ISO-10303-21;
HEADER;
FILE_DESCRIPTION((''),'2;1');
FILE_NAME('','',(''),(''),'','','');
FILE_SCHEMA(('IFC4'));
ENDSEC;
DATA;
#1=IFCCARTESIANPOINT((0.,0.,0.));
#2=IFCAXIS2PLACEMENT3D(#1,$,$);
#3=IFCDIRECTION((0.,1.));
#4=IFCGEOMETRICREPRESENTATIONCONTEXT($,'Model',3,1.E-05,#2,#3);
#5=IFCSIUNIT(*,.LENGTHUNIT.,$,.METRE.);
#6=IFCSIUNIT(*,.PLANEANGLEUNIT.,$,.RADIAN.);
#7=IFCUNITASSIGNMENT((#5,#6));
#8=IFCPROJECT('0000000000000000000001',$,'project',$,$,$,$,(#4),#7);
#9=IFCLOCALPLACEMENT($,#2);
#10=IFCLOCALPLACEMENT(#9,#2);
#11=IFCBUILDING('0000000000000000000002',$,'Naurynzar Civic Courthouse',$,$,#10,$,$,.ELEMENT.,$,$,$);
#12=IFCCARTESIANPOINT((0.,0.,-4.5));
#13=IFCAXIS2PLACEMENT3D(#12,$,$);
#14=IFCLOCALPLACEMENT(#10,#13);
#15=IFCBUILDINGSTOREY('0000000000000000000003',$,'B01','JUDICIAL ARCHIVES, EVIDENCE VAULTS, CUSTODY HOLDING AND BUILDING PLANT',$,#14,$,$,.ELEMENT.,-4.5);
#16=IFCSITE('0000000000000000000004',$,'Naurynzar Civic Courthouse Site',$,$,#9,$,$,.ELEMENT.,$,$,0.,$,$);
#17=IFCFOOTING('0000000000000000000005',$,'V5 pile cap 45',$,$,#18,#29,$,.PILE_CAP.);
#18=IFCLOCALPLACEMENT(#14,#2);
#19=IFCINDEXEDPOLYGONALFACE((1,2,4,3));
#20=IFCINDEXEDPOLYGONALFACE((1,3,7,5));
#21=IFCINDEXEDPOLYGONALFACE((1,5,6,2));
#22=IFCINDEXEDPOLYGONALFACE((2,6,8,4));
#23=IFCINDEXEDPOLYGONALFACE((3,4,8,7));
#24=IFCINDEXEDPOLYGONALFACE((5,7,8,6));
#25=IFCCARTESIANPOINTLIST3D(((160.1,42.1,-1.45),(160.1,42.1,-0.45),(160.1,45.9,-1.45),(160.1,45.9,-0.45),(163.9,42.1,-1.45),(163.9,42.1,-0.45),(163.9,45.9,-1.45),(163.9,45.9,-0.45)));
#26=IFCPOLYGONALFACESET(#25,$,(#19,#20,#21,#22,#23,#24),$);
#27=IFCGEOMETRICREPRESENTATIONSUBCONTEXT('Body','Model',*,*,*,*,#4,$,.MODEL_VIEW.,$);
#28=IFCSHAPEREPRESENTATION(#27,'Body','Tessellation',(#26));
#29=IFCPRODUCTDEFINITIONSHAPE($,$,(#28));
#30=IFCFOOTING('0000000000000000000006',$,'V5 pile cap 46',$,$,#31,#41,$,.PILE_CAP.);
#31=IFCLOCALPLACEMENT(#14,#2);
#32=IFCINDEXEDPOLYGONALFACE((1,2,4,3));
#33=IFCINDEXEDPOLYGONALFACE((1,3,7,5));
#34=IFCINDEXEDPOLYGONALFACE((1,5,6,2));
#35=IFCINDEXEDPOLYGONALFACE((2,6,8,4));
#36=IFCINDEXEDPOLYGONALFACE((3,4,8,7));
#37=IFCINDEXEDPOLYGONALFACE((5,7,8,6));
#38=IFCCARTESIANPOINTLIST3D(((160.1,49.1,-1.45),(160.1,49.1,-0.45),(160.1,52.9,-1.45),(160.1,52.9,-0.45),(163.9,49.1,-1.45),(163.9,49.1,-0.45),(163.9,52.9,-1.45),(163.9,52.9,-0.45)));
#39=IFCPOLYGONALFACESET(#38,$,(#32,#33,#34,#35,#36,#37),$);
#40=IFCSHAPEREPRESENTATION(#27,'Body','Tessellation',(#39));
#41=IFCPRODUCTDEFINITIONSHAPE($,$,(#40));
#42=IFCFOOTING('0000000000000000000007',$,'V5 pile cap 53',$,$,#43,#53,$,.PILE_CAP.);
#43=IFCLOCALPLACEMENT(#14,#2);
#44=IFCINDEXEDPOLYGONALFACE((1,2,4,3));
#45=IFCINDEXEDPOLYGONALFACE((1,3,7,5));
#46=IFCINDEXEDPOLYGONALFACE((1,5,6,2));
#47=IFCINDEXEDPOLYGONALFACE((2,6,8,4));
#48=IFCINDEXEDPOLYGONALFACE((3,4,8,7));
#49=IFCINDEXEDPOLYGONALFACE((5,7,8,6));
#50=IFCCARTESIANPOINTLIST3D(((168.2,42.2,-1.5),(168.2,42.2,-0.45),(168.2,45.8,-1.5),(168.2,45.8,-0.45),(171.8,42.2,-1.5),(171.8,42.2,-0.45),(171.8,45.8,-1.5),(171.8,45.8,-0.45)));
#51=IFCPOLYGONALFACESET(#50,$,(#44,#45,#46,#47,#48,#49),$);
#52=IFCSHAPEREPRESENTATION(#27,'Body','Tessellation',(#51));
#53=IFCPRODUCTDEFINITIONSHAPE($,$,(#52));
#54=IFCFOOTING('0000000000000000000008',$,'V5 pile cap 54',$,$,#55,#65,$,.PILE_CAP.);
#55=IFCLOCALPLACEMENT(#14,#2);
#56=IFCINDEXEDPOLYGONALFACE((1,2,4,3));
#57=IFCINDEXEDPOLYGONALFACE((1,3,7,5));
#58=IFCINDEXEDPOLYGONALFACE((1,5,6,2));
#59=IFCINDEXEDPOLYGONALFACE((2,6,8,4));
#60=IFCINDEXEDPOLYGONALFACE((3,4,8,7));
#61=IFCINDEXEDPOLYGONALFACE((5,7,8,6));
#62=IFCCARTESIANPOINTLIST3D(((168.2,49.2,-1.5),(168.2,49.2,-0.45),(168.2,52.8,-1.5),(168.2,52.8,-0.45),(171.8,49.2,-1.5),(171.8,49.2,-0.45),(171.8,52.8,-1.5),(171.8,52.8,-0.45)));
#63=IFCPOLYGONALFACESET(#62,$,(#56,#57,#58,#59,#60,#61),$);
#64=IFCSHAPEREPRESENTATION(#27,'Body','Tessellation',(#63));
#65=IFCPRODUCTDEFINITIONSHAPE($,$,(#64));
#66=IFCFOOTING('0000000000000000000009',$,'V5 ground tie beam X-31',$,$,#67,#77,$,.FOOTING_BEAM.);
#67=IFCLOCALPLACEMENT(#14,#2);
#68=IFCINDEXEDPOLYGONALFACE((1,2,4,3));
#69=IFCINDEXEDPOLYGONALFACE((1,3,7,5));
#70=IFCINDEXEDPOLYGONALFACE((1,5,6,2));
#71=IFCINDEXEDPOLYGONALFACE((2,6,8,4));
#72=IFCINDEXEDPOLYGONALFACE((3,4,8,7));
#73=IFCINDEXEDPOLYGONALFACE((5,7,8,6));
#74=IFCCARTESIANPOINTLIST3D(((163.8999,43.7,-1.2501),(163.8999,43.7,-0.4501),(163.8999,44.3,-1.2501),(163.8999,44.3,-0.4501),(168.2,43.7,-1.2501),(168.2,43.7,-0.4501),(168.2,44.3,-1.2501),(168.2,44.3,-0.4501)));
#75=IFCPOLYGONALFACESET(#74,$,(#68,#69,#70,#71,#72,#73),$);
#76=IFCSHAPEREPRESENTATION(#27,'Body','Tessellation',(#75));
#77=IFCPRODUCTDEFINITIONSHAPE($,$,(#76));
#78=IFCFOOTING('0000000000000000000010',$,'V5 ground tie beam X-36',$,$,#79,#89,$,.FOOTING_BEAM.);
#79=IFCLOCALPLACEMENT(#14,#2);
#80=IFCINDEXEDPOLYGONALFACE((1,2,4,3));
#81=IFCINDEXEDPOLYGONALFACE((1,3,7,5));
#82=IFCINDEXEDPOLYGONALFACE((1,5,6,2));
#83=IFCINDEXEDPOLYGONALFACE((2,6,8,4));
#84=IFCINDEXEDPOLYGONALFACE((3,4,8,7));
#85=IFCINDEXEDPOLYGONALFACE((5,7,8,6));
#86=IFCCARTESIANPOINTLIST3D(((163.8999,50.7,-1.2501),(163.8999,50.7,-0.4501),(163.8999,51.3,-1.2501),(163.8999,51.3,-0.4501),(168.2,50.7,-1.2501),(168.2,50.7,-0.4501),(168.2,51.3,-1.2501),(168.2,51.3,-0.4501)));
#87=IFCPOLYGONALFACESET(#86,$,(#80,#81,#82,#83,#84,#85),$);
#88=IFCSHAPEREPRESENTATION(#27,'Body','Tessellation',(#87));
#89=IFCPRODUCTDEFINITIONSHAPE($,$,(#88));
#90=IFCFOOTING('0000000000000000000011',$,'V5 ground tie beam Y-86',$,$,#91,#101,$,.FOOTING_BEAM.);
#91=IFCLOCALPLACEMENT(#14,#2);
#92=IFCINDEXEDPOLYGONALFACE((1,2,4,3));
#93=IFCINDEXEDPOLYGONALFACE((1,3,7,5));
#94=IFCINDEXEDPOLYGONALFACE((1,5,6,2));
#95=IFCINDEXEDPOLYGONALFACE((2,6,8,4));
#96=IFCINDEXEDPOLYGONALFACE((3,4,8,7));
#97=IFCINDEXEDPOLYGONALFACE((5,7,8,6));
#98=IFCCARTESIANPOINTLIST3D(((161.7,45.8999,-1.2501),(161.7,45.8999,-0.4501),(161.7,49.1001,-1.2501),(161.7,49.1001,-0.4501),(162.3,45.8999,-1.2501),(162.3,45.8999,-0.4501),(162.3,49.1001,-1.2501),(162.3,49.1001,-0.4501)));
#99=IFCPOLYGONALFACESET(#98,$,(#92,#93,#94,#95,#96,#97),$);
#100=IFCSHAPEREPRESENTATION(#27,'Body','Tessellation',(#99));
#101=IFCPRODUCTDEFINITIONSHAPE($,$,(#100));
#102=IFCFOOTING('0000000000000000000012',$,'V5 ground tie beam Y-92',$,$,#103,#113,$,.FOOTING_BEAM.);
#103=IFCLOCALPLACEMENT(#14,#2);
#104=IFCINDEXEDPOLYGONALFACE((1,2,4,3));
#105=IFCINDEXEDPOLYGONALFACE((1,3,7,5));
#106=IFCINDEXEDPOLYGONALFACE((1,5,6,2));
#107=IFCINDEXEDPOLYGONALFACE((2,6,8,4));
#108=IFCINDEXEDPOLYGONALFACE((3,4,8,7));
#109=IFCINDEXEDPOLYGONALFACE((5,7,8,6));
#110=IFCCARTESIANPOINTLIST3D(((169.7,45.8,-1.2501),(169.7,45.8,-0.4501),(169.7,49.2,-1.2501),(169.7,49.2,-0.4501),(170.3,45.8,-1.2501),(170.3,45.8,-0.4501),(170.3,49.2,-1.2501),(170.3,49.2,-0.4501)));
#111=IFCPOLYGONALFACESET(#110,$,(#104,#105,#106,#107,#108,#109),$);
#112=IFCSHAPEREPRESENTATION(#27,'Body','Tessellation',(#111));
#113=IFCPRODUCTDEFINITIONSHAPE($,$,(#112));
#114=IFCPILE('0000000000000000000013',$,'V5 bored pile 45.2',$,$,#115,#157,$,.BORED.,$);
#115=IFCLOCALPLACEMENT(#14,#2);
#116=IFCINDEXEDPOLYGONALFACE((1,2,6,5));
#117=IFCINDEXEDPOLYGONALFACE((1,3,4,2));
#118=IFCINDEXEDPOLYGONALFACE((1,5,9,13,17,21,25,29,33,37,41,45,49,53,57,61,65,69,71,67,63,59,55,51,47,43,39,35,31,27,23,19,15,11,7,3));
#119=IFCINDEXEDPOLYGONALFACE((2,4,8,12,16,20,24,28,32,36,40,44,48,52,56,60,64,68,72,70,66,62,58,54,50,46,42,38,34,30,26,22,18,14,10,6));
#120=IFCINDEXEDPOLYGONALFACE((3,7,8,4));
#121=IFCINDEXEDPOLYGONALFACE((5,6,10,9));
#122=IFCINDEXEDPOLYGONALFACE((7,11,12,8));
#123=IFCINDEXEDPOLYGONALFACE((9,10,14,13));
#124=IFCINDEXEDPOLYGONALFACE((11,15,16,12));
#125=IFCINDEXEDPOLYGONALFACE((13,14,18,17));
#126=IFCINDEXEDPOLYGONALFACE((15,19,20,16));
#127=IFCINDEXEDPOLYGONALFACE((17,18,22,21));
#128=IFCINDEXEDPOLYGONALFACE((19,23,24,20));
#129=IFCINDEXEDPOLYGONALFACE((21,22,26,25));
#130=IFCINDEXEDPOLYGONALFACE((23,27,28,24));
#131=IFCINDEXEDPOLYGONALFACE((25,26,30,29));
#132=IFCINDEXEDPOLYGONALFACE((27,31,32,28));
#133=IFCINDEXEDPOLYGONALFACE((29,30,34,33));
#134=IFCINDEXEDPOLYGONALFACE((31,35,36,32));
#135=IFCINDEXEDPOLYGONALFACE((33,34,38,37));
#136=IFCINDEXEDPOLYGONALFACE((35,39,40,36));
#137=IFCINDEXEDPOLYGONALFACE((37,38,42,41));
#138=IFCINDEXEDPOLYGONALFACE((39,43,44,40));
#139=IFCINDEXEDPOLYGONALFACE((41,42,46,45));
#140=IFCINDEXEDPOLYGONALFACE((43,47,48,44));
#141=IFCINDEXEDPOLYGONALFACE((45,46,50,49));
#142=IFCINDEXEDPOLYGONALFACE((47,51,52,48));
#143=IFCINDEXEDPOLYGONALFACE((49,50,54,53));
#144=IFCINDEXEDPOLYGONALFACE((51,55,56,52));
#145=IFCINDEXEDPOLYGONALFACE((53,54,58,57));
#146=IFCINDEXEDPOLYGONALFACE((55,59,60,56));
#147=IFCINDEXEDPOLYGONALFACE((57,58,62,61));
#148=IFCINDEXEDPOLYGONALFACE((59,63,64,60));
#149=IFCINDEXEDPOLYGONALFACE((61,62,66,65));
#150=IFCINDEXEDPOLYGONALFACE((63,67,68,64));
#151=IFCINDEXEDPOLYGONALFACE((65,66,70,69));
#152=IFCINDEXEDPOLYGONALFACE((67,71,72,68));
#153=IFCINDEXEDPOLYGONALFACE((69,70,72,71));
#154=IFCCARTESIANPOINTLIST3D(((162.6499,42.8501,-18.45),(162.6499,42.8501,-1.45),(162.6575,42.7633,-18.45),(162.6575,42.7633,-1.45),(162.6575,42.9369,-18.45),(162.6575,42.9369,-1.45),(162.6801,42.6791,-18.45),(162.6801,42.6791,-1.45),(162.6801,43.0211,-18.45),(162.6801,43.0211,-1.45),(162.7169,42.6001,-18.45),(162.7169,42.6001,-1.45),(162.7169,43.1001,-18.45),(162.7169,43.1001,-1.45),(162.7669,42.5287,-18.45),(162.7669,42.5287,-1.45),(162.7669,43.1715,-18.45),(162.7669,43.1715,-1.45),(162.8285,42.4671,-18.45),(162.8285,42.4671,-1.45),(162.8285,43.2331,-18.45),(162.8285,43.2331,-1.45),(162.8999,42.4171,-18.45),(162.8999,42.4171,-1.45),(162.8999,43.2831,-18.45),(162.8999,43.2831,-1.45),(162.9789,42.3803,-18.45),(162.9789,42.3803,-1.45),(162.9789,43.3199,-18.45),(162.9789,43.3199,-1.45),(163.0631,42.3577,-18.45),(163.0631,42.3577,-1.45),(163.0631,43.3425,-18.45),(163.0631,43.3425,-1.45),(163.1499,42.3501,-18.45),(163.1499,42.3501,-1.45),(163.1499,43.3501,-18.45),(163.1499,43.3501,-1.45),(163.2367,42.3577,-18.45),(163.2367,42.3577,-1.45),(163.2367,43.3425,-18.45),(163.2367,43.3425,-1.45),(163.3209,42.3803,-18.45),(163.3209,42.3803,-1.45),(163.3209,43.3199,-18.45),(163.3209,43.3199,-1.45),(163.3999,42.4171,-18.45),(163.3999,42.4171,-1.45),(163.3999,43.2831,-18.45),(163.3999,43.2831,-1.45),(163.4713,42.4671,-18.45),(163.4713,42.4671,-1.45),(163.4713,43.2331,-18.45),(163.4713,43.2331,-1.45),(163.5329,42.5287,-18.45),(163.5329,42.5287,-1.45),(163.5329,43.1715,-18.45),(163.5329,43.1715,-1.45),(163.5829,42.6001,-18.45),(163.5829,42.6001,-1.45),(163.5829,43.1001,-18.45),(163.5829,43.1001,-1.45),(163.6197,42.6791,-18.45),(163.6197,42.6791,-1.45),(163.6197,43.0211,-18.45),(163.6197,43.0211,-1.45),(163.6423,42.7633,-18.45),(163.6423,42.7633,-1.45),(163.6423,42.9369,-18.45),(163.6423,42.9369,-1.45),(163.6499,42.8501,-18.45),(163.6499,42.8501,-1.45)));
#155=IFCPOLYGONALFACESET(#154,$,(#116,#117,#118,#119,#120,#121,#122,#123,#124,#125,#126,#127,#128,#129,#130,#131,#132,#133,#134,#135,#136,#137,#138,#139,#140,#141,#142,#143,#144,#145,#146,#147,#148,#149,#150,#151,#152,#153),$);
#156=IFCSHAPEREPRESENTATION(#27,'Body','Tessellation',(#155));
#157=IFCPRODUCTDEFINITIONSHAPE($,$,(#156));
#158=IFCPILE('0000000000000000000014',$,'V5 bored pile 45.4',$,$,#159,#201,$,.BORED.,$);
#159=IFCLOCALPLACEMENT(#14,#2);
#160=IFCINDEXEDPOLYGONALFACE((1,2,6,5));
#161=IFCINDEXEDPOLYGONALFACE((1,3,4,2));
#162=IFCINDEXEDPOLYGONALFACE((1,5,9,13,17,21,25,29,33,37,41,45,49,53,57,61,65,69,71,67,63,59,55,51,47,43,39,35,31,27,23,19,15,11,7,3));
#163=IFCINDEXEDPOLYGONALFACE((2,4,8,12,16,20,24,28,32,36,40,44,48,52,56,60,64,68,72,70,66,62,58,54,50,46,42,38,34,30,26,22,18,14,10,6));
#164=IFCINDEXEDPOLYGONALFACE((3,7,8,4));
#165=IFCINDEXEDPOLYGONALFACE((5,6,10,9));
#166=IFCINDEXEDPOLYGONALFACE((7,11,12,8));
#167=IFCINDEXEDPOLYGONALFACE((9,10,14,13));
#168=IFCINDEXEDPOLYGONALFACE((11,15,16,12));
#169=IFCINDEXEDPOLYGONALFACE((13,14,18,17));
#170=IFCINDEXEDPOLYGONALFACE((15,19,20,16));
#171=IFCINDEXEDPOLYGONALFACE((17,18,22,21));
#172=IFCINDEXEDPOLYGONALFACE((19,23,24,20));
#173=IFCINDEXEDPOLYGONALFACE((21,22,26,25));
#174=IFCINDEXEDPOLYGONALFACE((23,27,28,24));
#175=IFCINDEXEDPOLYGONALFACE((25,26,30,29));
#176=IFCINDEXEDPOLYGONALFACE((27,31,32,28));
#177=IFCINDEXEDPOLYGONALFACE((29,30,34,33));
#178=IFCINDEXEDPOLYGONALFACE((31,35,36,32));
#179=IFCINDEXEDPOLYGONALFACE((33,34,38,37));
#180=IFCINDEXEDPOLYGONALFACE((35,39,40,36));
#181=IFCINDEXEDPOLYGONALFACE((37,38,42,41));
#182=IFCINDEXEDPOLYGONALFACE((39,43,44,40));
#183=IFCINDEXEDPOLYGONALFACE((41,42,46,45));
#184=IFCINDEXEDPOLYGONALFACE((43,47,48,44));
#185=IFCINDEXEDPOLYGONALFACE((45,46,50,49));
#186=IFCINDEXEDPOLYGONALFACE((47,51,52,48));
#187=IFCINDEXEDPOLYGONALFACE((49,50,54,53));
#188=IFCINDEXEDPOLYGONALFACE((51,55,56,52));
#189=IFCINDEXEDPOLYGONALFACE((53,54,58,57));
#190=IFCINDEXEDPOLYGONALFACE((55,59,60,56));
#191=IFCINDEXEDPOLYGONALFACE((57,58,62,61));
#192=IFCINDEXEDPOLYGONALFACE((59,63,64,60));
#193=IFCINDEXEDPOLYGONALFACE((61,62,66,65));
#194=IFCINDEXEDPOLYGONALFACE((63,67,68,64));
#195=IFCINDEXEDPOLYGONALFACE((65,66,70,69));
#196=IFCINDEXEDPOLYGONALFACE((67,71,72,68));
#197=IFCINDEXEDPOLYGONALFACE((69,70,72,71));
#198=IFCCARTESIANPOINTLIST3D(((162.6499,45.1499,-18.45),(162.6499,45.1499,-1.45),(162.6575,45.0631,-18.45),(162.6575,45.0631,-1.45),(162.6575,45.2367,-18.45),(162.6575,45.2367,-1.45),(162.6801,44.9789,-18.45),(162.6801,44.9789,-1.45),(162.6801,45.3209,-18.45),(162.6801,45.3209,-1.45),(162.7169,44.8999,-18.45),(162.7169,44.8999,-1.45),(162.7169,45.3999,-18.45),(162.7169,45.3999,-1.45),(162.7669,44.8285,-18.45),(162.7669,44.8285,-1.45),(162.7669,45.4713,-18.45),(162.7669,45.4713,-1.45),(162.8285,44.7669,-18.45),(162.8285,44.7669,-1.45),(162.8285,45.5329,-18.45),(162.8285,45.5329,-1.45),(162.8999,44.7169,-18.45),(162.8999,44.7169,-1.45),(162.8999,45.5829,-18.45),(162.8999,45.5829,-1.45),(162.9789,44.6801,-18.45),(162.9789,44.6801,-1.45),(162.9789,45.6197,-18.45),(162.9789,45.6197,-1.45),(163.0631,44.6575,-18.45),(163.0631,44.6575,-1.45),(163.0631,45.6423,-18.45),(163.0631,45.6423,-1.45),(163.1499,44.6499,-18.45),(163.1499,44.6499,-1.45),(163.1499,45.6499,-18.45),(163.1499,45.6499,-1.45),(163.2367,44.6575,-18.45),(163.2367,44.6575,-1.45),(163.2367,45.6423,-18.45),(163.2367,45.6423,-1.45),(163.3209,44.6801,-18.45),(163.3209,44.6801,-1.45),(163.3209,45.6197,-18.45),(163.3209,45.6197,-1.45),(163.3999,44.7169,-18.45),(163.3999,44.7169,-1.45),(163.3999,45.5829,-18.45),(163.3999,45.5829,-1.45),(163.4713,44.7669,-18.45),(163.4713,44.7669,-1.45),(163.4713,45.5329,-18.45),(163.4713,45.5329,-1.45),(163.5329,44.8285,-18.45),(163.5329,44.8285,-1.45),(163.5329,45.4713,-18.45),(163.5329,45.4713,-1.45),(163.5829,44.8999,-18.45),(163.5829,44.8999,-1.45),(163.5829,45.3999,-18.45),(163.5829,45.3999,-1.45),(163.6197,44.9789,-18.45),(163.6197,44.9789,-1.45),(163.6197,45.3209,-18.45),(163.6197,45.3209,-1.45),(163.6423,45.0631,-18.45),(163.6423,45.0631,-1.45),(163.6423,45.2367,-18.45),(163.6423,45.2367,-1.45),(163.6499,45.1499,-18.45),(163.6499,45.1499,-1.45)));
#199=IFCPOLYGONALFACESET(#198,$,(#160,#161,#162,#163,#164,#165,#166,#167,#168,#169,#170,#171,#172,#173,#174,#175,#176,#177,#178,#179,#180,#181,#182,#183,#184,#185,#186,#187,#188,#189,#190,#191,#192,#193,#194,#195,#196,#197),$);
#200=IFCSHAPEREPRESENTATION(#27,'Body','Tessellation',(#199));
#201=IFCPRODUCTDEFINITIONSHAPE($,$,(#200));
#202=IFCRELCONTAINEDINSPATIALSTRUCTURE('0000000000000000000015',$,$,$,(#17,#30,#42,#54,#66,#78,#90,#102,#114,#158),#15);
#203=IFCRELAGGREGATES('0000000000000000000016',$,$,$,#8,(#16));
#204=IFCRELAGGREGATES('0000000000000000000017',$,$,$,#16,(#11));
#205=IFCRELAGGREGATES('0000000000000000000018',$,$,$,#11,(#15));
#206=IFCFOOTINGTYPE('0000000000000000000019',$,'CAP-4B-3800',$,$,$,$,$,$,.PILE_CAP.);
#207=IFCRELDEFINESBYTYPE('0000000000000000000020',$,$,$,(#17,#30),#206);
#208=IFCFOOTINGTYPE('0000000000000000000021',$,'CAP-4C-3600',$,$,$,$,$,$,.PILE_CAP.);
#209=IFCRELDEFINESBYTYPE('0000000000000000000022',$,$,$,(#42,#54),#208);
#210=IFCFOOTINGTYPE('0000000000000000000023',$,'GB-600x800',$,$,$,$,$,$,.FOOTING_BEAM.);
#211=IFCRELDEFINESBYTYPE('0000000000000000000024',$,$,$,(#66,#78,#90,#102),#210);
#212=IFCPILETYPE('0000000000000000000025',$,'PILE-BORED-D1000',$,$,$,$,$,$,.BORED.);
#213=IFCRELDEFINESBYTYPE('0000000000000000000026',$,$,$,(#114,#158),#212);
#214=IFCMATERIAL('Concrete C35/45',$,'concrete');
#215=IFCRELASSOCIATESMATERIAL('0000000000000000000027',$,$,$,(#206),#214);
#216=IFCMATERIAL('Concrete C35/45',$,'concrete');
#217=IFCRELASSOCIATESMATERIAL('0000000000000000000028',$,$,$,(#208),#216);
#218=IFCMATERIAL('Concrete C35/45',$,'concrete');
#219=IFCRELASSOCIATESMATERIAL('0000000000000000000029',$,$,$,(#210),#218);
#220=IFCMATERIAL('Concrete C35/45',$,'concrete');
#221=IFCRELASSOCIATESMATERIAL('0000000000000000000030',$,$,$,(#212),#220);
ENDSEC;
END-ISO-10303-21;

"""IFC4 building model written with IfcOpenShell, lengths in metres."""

from ifc_helpers import new_model, si_unit, direction, frame, origin, origin_2d, place, context, subcontext, project, spatial, rectangle, circle, extrude, material, material_profile, profile_set, type_object, element, save


model = new_model("IFC4")

# Units and contexts
model_context = context("Model", 3, precision=1e-05, world=origin(), true_north=direction((0.0, 1.0)))
body_context = subcontext(model_context, "Body", "Model", "MODEL_VIEW")
ifc_project = project(units=[si_unit("LENGTHUNIT", "METRE"), si_unit("PLANEANGLEUNIT", "RADIAN")], contexts=[model_context])

# Site, building, storey
site_placement = place(None, origin())
site = spatial("IfcSite", under=ifc_project, at=site_placement, Name="Naurynzar Civic Courthouse Site", CompositionType="ELEMENT", RefElevation=0.0)
building_placement = place(site_placement, origin())
building = spatial("IfcBuilding", under=site, at=building_placement, Name="Naurynzar Civic Courthouse", CompositionType="ELEMENT")
storey_placement = place(building_placement, frame((0.0, 0.0, -4.5)))
storey = spatial("IfcBuildingStorey", under=building, at=storey_placement, Name="B01", Description="JUDICIAL ARCHIVES, EVIDENCE VAULTS, CUSTODY HOLDING AND BUILDING PLANT", CompositionType="ELEMENT", Elevation=-4.5)

# Footings
ifc_material_1 = material(Name="Concrete C35/45", Category="concrete")
footing_type_1 = type_object("IfcFootingType", Name="CAP-4B-3800", PredefinedType="PILE_CAP", material=ifc_material_1)
for number, where, z_axis, x_axis, name in (
    (1, (162.0, 44.0, -1.45), (0.0, 0.0, 1.0), (1.0, 0.0, 0.0), "V5 pile cap 45"),
    (2, (162.0, 51.0, -1.45), (0.0, 0.0, 1.0), (1.0, 0.0, 0.0), "V5 pile cap 46"),
):
    element("IfcFooting", number, at=place(storey_placement, frame(where, z_axis=z_axis, x_axis=x_axis)), inside=storey, type_object=footing_type_1, Name=name, PredefinedType="PILE_CAP", context=body_context, shape_type="SweptSolid", body=[
        extrude(rectangle(XDim=3.8, YDim=3.8, at=origin_2d()), origin(), (0.0, 0.0, 1.0), 1.0),
    ])
ifc_material_2 = material(Name="Concrete C35/45", Category="concrete")
footing_type_2 = type_object("IfcFootingType", Name="CAP-4C-3600", PredefinedType="PILE_CAP", material=ifc_material_2)
for number, where, z_axis, x_axis, name in (
    (3, (170.0, 44.0, -1.5), (0.0, 0.0, 1.0), (1.0, 0.0, 0.0), "V5 pile cap 53"),
    (4, (170.0, 51.0, -1.5), (0.0, 0.0, 1.0), (1.0, 0.0, 0.0), "V5 pile cap 54"),
):
    element("IfcFooting", number, at=place(storey_placement, frame(where, z_axis=z_axis, x_axis=x_axis)), inside=storey, type_object=footing_type_2, Name=name, PredefinedType="PILE_CAP", context=body_context, shape_type="SweptSolid", body=[
        extrude(rectangle(XDim=3.6001, YDim=3.6001, at=origin_2d()), origin(), (0.0, 0.0, 1.0), 1.05),
    ])
ifc_material_3 = material(Name="Concrete C35/45", Category="concrete")
ifc_material_profile_1 = material_profile(ifc_material_3, rectangle(XDim=0.6001, YDim=0.8, at=origin_2d()), Name="GB 600x800")
ifc_profile_set_1 = profile_set([ifc_material_profile_1], Name="Concrete C35/45")
footing_type_3 = type_object("IfcFootingType", Name="GB-600x800", PredefinedType="FOOTING_BEAM", material=ifc_profile_set_1)
for number, where, z_axis, x_axis, name in (
    (5, (163.8999, 44.0, -0.8501), (1.0, 0.0, 0.0), (0.0, 1.0, 0.0), "V5 ground tie beam X-31"),
    (6, (163.8999, 51.0, -0.8501), (1.0, 0.0, 0.0), (0.0, 1.0, 0.0), "V5 ground tie beam X-36"),
):
    element("IfcFooting", number, at=place(storey_placement, frame(where, z_axis=z_axis, x_axis=x_axis)), inside=storey, type_object=footing_type_3, Name=name, PredefinedType="FOOTING_BEAM", context=body_context, shape_type="SweptSolid", body=[
        extrude(rectangle(XDim=0.6001, YDim=0.8, at=origin_2d()), origin(), (0.0, 0.0, 1.0), 4.3),
    ])
footing_1_placement = place(storey_placement, frame((162.0, 45.8999, -0.8501), z_axis=(0.0, 1.0, 0.0), x_axis=(-1.0, 0.0, 0.0)))
element("IfcFooting", 7, at=footing_1_placement, inside=storey, type_object=footing_type_3, Name="V5 ground tie beam Y-86", PredefinedType="FOOTING_BEAM", context=body_context, shape_type="SweptSolid", body=[
    extrude(rectangle(XDim=0.6001, YDim=0.8, at=origin_2d()), origin(), (0.0, 0.0, 1.0), 3.2002),
])
footing_2_placement = place(storey_placement, frame((170.0, 45.8, -0.8501), z_axis=(0.0, 1.0, 0.0), x_axis=(-1.0, 0.0, 0.0)))
element("IfcFooting", 8, at=footing_2_placement, inside=storey, type_object=footing_type_3, Name="V5 ground tie beam Y-92", PredefinedType="FOOTING_BEAM", context=body_context, shape_type="SweptSolid", body=[
    extrude(rectangle(XDim=0.6001, YDim=0.8, at=origin_2d()), origin(), (0.0, 0.0, 1.0), 3.3999),
])

# Piles
ifc_material_4 = material(Name="Concrete C35/45", Category="concrete")
ifc_material_profile_2 = material_profile(ifc_material_4, circle(Radius=0.5, at=origin_2d()), Name="PILE D1000")
ifc_profile_set_2 = profile_set([ifc_material_profile_2], Name="Concrete C35/45")
pile_type_1 = type_object("IfcPileType", Name="PILE-BORED-D1000", PredefinedType="BORED", material=ifc_profile_set_2)
for number, where, z_axis, x_axis, name in (
    (9, (163.1499, 42.8501, -1.45), (0.0, 0.0, -1.0), (1.0, 0.0, 0.0), "V5 bored pile 45.2"),
    (10, (163.1499, 45.1499, -1.45), (0.0, 0.0, -1.0), (1.0, 0.0, 0.0), "V5 bored pile 45.4"),
):
    element("IfcPile", number, at=place(storey_placement, frame(where, z_axis=z_axis, x_axis=x_axis)), inside=storey, type_object=pile_type_1, Name=name, PredefinedType="BORED", context=body_context, shape_type="SweptSolid", body=[
        extrude(circle(Radius=0.5, at=origin_2d()), origin(), (0.0, 0.0, 1.0), 17.0),
    ])

save(model, "model.ifc")
